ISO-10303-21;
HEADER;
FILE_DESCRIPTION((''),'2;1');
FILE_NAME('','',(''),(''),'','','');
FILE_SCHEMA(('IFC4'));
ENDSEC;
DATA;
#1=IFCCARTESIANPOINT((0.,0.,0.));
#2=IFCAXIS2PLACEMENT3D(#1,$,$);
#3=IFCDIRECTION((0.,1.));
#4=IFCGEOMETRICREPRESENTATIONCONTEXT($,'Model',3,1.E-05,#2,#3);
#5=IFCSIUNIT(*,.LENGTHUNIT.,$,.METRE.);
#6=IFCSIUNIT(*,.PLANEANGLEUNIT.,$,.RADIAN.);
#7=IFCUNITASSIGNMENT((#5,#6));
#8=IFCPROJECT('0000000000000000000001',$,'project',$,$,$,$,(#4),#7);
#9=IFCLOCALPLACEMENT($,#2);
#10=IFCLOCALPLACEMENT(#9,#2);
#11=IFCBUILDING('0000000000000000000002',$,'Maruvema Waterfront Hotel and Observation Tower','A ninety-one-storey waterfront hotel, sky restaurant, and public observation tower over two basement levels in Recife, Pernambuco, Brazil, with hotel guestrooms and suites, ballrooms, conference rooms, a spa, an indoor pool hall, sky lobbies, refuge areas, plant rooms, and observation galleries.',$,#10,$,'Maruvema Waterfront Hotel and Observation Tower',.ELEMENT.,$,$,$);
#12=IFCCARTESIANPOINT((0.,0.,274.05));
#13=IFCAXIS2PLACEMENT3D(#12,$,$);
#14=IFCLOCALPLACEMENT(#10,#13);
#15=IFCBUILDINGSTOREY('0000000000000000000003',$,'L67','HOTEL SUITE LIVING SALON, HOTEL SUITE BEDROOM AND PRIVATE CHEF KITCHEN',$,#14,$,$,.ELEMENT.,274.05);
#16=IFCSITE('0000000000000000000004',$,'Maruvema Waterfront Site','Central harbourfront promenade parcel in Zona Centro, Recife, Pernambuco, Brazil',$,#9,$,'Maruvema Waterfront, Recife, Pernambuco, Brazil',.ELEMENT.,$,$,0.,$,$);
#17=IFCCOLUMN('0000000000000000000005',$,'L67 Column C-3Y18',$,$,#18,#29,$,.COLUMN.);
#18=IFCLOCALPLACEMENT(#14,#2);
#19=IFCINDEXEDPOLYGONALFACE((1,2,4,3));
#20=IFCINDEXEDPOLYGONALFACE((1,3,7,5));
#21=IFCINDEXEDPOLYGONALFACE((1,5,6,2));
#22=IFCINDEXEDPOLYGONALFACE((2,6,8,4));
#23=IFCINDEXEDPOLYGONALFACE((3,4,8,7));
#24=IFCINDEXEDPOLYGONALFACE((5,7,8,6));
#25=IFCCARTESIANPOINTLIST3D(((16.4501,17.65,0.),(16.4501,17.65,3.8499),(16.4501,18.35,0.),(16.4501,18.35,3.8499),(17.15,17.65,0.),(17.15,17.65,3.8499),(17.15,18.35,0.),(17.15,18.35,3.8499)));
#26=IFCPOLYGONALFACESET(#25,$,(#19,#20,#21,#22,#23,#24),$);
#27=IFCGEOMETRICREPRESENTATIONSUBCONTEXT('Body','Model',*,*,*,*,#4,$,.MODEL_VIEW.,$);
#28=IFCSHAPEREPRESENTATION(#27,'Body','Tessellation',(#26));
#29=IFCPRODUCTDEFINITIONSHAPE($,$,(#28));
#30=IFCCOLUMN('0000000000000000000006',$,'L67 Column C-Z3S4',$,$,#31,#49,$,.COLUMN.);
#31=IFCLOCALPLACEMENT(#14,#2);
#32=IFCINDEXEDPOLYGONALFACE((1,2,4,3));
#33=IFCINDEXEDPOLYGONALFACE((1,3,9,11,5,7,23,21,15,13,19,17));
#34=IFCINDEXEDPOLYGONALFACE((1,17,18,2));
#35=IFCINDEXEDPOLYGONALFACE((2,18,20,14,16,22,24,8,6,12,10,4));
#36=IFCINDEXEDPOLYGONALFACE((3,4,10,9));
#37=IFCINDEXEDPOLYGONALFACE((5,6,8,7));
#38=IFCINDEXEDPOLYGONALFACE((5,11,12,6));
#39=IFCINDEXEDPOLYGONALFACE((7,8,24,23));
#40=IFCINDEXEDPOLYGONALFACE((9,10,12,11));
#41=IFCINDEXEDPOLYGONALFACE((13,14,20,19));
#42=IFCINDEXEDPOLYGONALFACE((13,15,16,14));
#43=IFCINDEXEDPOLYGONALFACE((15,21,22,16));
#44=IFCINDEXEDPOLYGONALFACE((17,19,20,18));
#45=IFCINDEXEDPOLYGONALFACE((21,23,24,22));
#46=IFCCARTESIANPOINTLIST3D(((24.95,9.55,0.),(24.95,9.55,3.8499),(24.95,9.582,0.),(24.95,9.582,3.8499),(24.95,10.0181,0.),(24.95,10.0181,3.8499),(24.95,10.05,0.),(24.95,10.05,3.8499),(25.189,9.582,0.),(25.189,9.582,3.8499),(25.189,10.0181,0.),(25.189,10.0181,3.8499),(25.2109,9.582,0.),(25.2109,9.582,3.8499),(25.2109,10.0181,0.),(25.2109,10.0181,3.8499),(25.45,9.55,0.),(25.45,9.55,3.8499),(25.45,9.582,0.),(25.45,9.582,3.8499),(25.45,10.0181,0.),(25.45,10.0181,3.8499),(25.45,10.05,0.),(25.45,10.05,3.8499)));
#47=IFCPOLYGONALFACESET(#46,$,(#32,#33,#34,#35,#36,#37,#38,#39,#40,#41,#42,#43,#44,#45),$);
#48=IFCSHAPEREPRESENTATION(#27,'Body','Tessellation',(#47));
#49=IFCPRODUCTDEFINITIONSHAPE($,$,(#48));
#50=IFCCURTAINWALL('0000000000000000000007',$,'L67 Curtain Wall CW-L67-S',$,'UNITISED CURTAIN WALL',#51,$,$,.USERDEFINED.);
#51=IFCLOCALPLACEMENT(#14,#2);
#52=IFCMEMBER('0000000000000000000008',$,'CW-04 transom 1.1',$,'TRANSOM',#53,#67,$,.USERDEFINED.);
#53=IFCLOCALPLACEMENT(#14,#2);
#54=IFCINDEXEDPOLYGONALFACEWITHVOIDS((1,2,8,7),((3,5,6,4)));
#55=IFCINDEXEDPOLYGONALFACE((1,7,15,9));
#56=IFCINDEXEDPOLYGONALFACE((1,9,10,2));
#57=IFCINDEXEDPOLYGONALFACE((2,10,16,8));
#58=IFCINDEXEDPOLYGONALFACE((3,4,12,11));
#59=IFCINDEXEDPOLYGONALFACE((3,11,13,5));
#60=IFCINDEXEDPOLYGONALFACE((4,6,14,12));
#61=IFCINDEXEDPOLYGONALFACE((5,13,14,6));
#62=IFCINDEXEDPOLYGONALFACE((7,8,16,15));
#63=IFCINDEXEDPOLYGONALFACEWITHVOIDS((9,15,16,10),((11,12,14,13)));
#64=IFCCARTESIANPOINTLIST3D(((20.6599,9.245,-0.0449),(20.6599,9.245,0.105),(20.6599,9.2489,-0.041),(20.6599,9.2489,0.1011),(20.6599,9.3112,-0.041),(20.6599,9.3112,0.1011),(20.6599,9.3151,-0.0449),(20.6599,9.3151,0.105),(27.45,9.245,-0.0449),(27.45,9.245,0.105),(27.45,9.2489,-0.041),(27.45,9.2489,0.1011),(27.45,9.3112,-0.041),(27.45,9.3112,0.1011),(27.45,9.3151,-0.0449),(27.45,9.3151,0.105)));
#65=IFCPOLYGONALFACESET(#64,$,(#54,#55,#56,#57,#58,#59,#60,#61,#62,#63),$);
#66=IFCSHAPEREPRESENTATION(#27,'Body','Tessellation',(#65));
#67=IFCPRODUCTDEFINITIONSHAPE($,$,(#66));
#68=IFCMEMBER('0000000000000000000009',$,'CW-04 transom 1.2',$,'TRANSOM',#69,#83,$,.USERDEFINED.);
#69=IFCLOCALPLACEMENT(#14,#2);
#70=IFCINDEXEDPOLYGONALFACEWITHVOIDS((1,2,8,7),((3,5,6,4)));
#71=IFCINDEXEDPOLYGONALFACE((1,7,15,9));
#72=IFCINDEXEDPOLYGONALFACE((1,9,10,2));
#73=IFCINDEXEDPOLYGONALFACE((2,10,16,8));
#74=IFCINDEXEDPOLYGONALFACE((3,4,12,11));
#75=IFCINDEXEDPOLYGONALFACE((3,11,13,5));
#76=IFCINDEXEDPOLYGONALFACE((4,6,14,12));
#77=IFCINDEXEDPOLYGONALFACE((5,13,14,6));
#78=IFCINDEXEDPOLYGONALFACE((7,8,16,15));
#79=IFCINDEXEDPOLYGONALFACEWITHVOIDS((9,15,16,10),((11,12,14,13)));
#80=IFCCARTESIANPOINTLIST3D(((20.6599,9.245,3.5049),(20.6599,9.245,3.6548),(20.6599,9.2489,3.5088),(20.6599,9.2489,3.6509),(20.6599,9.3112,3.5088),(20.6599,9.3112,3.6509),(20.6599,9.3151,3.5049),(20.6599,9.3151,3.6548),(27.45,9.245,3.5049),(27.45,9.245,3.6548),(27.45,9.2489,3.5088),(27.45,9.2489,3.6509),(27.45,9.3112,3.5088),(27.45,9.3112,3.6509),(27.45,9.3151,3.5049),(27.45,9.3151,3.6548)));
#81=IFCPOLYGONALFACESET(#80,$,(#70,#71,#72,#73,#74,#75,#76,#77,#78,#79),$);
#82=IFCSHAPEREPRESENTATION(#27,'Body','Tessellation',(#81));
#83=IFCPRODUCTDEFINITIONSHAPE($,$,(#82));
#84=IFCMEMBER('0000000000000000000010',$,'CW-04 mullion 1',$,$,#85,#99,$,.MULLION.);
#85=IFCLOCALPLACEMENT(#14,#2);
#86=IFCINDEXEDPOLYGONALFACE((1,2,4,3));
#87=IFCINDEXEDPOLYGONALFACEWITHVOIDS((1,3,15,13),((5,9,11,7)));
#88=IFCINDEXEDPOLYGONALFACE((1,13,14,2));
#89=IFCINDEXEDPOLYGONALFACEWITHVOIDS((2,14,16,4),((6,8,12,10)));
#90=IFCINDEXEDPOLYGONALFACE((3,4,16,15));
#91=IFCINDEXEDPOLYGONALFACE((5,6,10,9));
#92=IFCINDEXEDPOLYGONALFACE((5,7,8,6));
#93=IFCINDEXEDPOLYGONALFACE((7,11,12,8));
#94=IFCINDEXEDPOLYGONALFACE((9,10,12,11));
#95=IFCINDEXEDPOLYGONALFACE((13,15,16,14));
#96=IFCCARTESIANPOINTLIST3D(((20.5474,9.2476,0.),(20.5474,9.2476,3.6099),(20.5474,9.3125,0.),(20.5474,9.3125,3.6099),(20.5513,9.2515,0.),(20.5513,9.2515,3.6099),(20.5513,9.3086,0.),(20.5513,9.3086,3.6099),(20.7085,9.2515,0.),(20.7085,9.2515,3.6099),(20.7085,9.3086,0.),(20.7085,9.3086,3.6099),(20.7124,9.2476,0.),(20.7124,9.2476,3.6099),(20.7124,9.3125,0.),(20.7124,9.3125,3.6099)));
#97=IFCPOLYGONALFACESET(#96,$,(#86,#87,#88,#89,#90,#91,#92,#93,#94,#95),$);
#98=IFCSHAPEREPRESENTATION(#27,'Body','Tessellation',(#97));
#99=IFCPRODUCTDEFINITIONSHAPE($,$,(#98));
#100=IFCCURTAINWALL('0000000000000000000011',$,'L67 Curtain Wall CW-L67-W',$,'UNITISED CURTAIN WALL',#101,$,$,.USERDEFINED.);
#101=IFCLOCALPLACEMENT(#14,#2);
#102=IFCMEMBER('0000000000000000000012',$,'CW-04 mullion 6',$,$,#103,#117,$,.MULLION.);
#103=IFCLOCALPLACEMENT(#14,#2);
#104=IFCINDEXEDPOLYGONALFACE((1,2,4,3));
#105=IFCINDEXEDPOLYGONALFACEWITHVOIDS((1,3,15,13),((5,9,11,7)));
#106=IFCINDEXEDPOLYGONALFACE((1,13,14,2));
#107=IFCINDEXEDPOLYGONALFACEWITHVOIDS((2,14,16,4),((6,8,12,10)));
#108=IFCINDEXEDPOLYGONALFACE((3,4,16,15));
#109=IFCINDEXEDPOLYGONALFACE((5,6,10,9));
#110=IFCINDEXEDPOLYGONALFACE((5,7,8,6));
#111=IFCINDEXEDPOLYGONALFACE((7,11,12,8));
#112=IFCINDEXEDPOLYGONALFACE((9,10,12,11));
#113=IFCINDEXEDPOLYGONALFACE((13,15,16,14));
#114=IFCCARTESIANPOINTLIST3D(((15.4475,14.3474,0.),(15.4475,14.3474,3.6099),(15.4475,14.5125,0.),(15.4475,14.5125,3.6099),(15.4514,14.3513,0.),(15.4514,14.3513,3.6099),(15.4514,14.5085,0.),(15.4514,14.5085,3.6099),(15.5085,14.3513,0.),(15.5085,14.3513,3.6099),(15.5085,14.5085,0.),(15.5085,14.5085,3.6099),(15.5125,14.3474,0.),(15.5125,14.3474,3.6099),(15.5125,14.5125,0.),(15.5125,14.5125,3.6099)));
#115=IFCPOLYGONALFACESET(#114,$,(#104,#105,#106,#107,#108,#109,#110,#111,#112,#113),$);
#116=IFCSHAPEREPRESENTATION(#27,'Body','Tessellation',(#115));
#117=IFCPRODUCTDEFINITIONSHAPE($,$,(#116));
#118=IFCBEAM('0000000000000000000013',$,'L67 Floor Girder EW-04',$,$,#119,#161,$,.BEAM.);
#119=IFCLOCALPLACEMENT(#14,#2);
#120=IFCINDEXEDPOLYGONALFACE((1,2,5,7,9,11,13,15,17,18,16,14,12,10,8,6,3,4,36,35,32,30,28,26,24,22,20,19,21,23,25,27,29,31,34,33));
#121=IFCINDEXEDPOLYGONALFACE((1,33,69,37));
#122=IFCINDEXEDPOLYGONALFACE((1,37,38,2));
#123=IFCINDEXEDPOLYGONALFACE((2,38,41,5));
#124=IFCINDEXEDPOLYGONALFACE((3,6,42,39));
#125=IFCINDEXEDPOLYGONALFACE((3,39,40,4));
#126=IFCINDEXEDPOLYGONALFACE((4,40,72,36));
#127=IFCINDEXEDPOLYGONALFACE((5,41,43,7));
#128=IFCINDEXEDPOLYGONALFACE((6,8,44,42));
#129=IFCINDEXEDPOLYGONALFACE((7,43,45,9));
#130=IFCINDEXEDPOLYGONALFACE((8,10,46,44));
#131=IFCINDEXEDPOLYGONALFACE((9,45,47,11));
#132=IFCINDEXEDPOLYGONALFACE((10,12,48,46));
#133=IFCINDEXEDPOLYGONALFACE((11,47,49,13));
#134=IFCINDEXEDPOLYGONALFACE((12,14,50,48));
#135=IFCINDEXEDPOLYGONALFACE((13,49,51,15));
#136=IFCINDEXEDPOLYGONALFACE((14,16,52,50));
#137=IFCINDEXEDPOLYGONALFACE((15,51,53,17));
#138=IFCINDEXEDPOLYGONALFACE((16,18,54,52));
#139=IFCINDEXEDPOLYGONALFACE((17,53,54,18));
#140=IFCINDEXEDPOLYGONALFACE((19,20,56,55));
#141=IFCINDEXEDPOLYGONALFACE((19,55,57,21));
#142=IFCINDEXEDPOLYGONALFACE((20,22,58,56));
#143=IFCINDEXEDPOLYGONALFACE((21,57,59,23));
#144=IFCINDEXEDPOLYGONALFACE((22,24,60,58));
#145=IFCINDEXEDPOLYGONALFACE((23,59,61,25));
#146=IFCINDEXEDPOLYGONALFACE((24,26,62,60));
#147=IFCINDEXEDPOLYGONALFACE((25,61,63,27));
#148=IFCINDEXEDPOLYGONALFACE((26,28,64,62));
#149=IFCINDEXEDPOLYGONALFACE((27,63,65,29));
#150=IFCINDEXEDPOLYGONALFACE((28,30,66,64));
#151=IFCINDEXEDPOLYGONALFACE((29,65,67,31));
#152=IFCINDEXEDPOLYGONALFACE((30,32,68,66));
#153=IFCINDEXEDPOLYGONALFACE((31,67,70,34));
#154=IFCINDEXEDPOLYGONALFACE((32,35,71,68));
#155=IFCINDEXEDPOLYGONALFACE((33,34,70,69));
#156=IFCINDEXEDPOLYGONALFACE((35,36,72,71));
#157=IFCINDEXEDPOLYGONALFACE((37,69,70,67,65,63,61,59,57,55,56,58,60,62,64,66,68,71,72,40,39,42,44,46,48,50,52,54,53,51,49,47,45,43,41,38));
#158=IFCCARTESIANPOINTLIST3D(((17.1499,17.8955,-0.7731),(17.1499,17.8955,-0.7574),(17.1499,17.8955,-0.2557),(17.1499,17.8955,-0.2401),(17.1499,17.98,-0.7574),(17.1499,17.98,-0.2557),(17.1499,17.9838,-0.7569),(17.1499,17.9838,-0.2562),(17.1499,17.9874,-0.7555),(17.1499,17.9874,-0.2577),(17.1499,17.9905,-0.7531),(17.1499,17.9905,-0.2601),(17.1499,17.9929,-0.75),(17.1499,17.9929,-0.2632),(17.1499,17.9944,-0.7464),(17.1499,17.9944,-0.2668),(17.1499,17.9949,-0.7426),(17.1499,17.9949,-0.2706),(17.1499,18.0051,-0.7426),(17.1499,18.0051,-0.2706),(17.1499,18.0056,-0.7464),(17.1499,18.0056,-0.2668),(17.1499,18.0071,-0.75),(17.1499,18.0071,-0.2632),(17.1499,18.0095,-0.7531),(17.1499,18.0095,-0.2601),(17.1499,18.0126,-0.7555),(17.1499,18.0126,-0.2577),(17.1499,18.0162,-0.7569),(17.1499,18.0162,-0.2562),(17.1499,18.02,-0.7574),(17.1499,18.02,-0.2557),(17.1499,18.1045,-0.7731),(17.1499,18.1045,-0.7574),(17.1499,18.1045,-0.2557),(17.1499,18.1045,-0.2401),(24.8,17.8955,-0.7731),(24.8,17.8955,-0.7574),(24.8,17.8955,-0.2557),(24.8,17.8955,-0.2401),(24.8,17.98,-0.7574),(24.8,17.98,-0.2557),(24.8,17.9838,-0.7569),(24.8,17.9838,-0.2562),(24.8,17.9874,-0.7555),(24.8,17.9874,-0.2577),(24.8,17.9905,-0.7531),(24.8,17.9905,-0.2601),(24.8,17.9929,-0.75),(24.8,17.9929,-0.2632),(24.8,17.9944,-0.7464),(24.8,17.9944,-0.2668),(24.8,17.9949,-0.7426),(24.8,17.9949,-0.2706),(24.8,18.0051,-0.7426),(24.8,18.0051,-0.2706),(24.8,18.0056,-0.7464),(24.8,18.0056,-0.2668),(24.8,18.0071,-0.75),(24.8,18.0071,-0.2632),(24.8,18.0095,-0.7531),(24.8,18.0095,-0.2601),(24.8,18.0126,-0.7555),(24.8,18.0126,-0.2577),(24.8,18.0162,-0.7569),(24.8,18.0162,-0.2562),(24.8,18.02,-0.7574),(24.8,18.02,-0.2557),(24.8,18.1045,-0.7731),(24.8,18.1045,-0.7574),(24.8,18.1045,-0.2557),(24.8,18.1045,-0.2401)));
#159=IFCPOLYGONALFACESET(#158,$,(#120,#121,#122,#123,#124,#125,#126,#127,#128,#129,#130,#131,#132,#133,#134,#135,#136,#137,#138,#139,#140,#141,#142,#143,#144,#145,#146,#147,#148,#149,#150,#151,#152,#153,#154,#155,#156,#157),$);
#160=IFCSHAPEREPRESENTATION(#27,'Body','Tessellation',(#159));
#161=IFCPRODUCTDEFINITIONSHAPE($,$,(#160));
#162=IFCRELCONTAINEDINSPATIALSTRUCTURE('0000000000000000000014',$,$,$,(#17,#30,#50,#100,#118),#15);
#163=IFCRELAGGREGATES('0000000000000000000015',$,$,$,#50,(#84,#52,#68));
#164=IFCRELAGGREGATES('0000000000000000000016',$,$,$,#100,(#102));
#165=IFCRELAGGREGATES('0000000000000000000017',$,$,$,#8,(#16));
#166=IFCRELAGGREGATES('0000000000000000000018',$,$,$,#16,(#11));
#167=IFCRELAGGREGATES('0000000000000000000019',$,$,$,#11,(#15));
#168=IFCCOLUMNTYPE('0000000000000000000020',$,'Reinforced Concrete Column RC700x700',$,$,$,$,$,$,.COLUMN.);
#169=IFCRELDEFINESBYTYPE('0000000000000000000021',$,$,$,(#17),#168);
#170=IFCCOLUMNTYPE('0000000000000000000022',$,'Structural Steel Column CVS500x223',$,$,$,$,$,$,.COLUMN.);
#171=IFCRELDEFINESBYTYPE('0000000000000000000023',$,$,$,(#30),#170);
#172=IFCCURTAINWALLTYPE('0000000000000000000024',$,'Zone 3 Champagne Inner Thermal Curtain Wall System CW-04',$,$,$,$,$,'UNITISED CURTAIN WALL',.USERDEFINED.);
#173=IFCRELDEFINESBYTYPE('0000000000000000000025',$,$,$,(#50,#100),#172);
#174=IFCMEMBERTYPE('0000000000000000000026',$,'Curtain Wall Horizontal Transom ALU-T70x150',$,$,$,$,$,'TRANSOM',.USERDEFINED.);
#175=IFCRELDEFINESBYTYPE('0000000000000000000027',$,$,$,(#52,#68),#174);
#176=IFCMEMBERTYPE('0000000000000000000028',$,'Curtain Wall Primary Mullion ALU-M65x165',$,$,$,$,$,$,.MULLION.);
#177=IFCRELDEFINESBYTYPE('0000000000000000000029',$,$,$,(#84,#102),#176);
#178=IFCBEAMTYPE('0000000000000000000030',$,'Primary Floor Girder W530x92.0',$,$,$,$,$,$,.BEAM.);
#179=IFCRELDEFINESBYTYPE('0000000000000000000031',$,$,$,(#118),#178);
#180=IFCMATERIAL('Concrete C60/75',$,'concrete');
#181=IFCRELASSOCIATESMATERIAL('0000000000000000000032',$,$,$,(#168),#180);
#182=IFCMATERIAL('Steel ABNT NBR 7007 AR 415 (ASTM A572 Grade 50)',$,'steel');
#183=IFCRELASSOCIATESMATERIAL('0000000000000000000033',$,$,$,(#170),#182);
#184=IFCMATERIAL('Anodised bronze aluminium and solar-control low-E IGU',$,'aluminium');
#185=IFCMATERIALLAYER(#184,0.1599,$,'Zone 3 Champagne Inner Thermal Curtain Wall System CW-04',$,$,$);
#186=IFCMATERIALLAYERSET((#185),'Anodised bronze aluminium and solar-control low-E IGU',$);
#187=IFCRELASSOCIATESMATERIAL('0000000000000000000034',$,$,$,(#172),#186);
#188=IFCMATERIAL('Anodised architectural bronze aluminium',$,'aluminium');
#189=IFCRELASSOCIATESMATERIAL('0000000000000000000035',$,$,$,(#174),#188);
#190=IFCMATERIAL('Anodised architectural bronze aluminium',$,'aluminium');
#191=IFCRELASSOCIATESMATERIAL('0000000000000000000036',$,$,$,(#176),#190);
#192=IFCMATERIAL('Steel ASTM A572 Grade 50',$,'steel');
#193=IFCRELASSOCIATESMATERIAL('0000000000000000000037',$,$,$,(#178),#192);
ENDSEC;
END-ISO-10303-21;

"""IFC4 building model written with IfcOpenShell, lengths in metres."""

from ifc_helpers import new_model, si_unit, direction, frame, origin, origin_2d, place, context, subcontext, project, spatial, rectangle, hollow_rectangle, i_section, extrude, material, layer, layer_set, material_profile, profile_set, type_object, element, aggregate, save


model = new_model("IFC4")

# Units and contexts
model_context = context("Model", 3, precision=1e-05, world=origin(), true_north=direction((0.0, 1.0)))
body_context = subcontext(model_context, "Body", "Model", "MODEL_VIEW")
ifc_project = project(units=[si_unit("LENGTHUNIT", "METRE"), si_unit("PLANEANGLEUNIT", "RADIAN")], contexts=[model_context])

# Site, building, storey
site_placement = place(None, origin())
site = spatial("IfcSite", under=ifc_project, at=site_placement, Name="Maruvema Waterfront Site", Description="Central harbourfront promenade parcel in Zona Centro, Recife, Pernambuco, Brazil", LongName="Maruvema Waterfront, Recife, Pernambuco, Brazil", CompositionType="ELEMENT", RefElevation=0.0)
building_placement = place(site_placement, origin())
building = spatial("IfcBuilding", under=site, at=building_placement, Name="Maruvema Waterfront Hotel and Observation Tower", Description="A ninety-one-storey waterfront hotel, sky restaurant, and public observation tower over two basement levels in Recife, Pernambuco, Brazil, with hotel guestrooms and suites, ballrooms, conference rooms, a spa, an indoor pool hall, sky lobbies, refuge areas, plant rooms, and observation galleries.", LongName="Maruvema Waterfront Hotel and Observation Tower", CompositionType="ELEMENT")
storey_placement = place(building_placement, frame((0.0, 0.0, 274.05)))
storey = spatial("IfcBuildingStorey", under=building, at=storey_placement, Name="L67", Description="HOTEL SUITE LIVING SALON, HOTEL SUITE BEDROOM AND PRIVATE CHEF KITCHEN", CompositionType="ELEMENT", Elevation=274.05)

# Columns
ifc_material_1 = material(Name="Concrete C60/75", Category="concrete")
ifc_material_profile_1 = material_profile(ifc_material_1, rectangle(XDim=0.7, YDim=0.7, at=origin_2d()), Name="RC700x700")
ifc_profile_set_1 = profile_set([ifc_material_profile_1], Name="Concrete C60/75")
column_type_1 = type_object("IfcColumnType", Name="Reinforced Concrete Column RC700x700", PredefinedType="COLUMN", material=ifc_profile_set_1)
column_1_placement = place(storey_placement, frame((16.8, 18.0, 0.0), z_axis=(0.0, 0.0, 1.0), x_axis=(1.0, 0.0, 0.0)))
element("IfcColumn", 1, at=column_1_placement, inside=storey, type_object=column_type_1, Name="L67 Column C-3Y18", PredefinedType="COLUMN", context=body_context, shape_type="SweptSolid", body=[
    extrude(rectangle(XDim=0.7, YDim=0.7, at=origin_2d()), origin(), (0.0, 0.0, 1.0), 3.8499),
])
ifc_material_2 = material(Name="Steel ABNT NBR 7007 AR 415 (ASTM A572 Grade 50)", Category="steel")
ifc_material_profile_2 = material_profile(ifc_material_2, i_section(OverallWidth=0.5, OverallDepth=0.5, WebThickness=0.022, FlangeThickness=0.032, at=origin_2d()), Name="CVS500x223")
ifc_profile_set_2 = profile_set([ifc_material_profile_2], Name="Steel ABNT NBR 7007 AR 415 (ASTM A572 Grade 50)")
column_type_2 = type_object("IfcColumnType", Name="Structural Steel Column CVS500x223", PredefinedType="COLUMN", material=ifc_profile_set_2)
column_2_placement = place(storey_placement, frame((25.2, 9.8, 0.0), z_axis=(0.0, 0.0, 1.0), x_axis=(1.0, 0.0, 0.0)))
element("IfcColumn", 2, at=column_2_placement, inside=storey, type_object=column_type_2, Name="L67 Column C-Z3S4", PredefinedType="COLUMN", context=body_context, shape_type="SweptSolid", body=[
    extrude(i_section(OverallWidth=0.5, OverallDepth=0.5, WebThickness=0.022, FlangeThickness=0.032, at=origin_2d()), origin(), (0.0, 0.0, 1.0), 3.8499),
])

# Curtain wall, members
ifc_material_3 = material(Name="Anodised bronze aluminium and solar-control low-E IGU", Category="aluminium")
ifc_layer_1 = layer(ifc_material_3, 0.1599, Name="Zone 3 Champagne Inner Thermal Curtain Wall System CW-04")
ifc_layer_set_1 = layer_set([ifc_layer_1], Name="Anodised bronze aluminium and solar-control low-E IGU")
curtain_wall_type = type_object("IfcCurtainWallType", Name="Zone 3 Champagne Inner Thermal Curtain Wall System CW-04", ElementType="UNITISED CURTAIN WALL", PredefinedType="USERDEFINED", material=ifc_layer_set_1)
curtain_wall_1_placement = place(storey_placement, origin())
curtain_wall_1 = element("IfcCurtainWall", 3, at=curtain_wall_1_placement, inside=storey, type_object=curtain_wall_type, Name="L67 Curtain Wall CW-L67-S", ObjectType="UNITISED CURTAIN WALL", PredefinedType="USERDEFINED")
ifc_material_4 = material(Name="Anodised architectural bronze aluminium", Category="aluminium")
ifc_material_profile_3 = material_profile(ifc_material_4, hollow_rectangle(XDim=0.0701, YDim=0.1499, WallThickness=0.0039, at=origin_2d()), Name="ALU-T70x150")
ifc_profile_set_3 = profile_set([ifc_material_profile_3], Name="Anodised architectural bronze aluminium")
member_type_1 = type_object("IfcMemberType", Name="Curtain Wall Horizontal Transom ALU-T70x150", ElementType="TRANSOM", PredefinedType="USERDEFINED", material=ifc_profile_set_3)
member_1_placement = place(storey_placement, frame((20.6599, 9.28, 0.03), z_axis=(1.0, 0.0, 0.0), x_axis=(0.0, 1.0, 0.0)))
member_1 = element("IfcMember", 4, at=member_1_placement, type_object=member_type_1, Name="CW-04 transom 1.1", ObjectType="TRANSOM", PredefinedType="USERDEFINED", context=body_context, shape_type="SweptSolid", body=[
    extrude(hollow_rectangle(XDim=0.0701, YDim=0.1499, WallThickness=0.0039, at=origin_2d()), origin(), (0.0, 0.0, 1.0), 6.79),
])
member_2_placement = place(storey_placement, frame((20.6599, 9.28, 3.5798), z_axis=(1.0, 0.0, 0.0), x_axis=(0.0, 1.0, 0.0)))
member_2 = element("IfcMember", 5, at=member_2_placement, type_object=member_type_1, Name="CW-04 transom 1.2", ObjectType="TRANSOM", PredefinedType="USERDEFINED", context=body_context, shape_type="SweptSolid", body=[
    extrude(hollow_rectangle(XDim=0.0701, YDim=0.1499, WallThickness=0.0039, at=origin_2d()), origin(), (0.0, 0.0, 1.0), 6.79),
])
ifc_material_5 = material(Name="Anodised architectural bronze aluminium", Category="aluminium")
ifc_material_profile_4 = material_profile(ifc_material_5, hollow_rectangle(XDim=0.0649, YDim=0.165, WallThickness=0.0039, at=origin_2d()), Name="ALU-M65x165")
ifc_profile_set_4 = profile_set([ifc_material_profile_4], Name="Anodised architectural bronze aluminium")
member_type_2 = type_object("IfcMemberType", Name="Curtain Wall Primary Mullion ALU-M65x165", PredefinedType="MULLION", material=ifc_profile_set_4)
member_3_placement = place(storey_placement, frame((20.6299, 9.28, 0.0), z_axis=(0.0, 0.0, 1.0), x_axis=(0.0, 1.0, 0.0)))
member_3 = element("IfcMember", 6, at=member_3_placement, type_object=member_type_2, Name="CW-04 mullion 1", PredefinedType="MULLION", context=body_context, shape_type="SweptSolid", body=[
    extrude(hollow_rectangle(XDim=0.0649, YDim=0.165, WallThickness=0.0039, at=origin_2d()), origin(), (0.0, 0.0, 1.0), 3.6099),
])

# Curtain wall, member
curtain_wall_2_placement = place(storey_placement, origin())
curtain_wall_2 = element("IfcCurtainWall", 7, at=curtain_wall_2_placement, inside=storey, type_object=curtain_wall_type, Name="L67 Curtain Wall CW-L67-W", ObjectType="UNITISED CURTAIN WALL", PredefinedType="USERDEFINED")
member_4_placement = place(storey_placement, frame((15.48, 14.4299, 0.0), z_axis=(0.0, 0.0, 1.0), x_axis=(1.0, 0.0, 0.0)))
member_4 = element("IfcMember", 8, at=member_4_placement, type_object=member_type_2, Name="CW-04 mullion 6", PredefinedType="MULLION", context=body_context, shape_type="SweptSolid", body=[
    extrude(hollow_rectangle(XDim=0.0649, YDim=0.165, WallThickness=0.0039, at=origin_2d()), origin(), (0.0, 0.0, 1.0), 3.6099),
])

# Beam
ifc_material_6 = material(Name="Steel ASTM A572 Grade 50", Category="steel")
ifc_material_profile_5 = material_profile(ifc_material_6, i_section(OverallWidth=0.209, OverallDepth=0.533, WebThickness=0.0103, FlangeThickness=0.0156, FilletRadius=0.0149, at=origin_2d()), Name="W530x92.0")
ifc_profile_set_5 = profile_set([ifc_material_profile_5], Name="Steel ASTM A572 Grade 50")
beam_type_1 = type_object("IfcBeamType", Name="Primary Floor Girder W530x92.0", PredefinedType="BEAM", material=ifc_profile_set_5)
beam_1_placement = place(storey_placement, frame((17.1499, 18.0, -0.5066), z_axis=(1.0, 0.0, 0.0), x_axis=(0.0, 1.0, 0.0)))
element("IfcBeam", 9, at=beam_1_placement, inside=storey, type_object=beam_type_1, Name="L67 Floor Girder EW-04", PredefinedType="BEAM", context=body_context, shape_type="SweptSolid", body=[
    extrude(i_section(OverallWidth=0.209, OverallDepth=0.533, WebThickness=0.0103, FlangeThickness=0.0156, FilletRadius=0.0149, at=origin_2d()), origin(), (0.0, 0.0, 1.0), 7.6501),
])

aggregate(curtain_wall_1, [member_3, member_1, member_2])
aggregate(curtain_wall_2, [member_4])

save(model, "model.ifc")
